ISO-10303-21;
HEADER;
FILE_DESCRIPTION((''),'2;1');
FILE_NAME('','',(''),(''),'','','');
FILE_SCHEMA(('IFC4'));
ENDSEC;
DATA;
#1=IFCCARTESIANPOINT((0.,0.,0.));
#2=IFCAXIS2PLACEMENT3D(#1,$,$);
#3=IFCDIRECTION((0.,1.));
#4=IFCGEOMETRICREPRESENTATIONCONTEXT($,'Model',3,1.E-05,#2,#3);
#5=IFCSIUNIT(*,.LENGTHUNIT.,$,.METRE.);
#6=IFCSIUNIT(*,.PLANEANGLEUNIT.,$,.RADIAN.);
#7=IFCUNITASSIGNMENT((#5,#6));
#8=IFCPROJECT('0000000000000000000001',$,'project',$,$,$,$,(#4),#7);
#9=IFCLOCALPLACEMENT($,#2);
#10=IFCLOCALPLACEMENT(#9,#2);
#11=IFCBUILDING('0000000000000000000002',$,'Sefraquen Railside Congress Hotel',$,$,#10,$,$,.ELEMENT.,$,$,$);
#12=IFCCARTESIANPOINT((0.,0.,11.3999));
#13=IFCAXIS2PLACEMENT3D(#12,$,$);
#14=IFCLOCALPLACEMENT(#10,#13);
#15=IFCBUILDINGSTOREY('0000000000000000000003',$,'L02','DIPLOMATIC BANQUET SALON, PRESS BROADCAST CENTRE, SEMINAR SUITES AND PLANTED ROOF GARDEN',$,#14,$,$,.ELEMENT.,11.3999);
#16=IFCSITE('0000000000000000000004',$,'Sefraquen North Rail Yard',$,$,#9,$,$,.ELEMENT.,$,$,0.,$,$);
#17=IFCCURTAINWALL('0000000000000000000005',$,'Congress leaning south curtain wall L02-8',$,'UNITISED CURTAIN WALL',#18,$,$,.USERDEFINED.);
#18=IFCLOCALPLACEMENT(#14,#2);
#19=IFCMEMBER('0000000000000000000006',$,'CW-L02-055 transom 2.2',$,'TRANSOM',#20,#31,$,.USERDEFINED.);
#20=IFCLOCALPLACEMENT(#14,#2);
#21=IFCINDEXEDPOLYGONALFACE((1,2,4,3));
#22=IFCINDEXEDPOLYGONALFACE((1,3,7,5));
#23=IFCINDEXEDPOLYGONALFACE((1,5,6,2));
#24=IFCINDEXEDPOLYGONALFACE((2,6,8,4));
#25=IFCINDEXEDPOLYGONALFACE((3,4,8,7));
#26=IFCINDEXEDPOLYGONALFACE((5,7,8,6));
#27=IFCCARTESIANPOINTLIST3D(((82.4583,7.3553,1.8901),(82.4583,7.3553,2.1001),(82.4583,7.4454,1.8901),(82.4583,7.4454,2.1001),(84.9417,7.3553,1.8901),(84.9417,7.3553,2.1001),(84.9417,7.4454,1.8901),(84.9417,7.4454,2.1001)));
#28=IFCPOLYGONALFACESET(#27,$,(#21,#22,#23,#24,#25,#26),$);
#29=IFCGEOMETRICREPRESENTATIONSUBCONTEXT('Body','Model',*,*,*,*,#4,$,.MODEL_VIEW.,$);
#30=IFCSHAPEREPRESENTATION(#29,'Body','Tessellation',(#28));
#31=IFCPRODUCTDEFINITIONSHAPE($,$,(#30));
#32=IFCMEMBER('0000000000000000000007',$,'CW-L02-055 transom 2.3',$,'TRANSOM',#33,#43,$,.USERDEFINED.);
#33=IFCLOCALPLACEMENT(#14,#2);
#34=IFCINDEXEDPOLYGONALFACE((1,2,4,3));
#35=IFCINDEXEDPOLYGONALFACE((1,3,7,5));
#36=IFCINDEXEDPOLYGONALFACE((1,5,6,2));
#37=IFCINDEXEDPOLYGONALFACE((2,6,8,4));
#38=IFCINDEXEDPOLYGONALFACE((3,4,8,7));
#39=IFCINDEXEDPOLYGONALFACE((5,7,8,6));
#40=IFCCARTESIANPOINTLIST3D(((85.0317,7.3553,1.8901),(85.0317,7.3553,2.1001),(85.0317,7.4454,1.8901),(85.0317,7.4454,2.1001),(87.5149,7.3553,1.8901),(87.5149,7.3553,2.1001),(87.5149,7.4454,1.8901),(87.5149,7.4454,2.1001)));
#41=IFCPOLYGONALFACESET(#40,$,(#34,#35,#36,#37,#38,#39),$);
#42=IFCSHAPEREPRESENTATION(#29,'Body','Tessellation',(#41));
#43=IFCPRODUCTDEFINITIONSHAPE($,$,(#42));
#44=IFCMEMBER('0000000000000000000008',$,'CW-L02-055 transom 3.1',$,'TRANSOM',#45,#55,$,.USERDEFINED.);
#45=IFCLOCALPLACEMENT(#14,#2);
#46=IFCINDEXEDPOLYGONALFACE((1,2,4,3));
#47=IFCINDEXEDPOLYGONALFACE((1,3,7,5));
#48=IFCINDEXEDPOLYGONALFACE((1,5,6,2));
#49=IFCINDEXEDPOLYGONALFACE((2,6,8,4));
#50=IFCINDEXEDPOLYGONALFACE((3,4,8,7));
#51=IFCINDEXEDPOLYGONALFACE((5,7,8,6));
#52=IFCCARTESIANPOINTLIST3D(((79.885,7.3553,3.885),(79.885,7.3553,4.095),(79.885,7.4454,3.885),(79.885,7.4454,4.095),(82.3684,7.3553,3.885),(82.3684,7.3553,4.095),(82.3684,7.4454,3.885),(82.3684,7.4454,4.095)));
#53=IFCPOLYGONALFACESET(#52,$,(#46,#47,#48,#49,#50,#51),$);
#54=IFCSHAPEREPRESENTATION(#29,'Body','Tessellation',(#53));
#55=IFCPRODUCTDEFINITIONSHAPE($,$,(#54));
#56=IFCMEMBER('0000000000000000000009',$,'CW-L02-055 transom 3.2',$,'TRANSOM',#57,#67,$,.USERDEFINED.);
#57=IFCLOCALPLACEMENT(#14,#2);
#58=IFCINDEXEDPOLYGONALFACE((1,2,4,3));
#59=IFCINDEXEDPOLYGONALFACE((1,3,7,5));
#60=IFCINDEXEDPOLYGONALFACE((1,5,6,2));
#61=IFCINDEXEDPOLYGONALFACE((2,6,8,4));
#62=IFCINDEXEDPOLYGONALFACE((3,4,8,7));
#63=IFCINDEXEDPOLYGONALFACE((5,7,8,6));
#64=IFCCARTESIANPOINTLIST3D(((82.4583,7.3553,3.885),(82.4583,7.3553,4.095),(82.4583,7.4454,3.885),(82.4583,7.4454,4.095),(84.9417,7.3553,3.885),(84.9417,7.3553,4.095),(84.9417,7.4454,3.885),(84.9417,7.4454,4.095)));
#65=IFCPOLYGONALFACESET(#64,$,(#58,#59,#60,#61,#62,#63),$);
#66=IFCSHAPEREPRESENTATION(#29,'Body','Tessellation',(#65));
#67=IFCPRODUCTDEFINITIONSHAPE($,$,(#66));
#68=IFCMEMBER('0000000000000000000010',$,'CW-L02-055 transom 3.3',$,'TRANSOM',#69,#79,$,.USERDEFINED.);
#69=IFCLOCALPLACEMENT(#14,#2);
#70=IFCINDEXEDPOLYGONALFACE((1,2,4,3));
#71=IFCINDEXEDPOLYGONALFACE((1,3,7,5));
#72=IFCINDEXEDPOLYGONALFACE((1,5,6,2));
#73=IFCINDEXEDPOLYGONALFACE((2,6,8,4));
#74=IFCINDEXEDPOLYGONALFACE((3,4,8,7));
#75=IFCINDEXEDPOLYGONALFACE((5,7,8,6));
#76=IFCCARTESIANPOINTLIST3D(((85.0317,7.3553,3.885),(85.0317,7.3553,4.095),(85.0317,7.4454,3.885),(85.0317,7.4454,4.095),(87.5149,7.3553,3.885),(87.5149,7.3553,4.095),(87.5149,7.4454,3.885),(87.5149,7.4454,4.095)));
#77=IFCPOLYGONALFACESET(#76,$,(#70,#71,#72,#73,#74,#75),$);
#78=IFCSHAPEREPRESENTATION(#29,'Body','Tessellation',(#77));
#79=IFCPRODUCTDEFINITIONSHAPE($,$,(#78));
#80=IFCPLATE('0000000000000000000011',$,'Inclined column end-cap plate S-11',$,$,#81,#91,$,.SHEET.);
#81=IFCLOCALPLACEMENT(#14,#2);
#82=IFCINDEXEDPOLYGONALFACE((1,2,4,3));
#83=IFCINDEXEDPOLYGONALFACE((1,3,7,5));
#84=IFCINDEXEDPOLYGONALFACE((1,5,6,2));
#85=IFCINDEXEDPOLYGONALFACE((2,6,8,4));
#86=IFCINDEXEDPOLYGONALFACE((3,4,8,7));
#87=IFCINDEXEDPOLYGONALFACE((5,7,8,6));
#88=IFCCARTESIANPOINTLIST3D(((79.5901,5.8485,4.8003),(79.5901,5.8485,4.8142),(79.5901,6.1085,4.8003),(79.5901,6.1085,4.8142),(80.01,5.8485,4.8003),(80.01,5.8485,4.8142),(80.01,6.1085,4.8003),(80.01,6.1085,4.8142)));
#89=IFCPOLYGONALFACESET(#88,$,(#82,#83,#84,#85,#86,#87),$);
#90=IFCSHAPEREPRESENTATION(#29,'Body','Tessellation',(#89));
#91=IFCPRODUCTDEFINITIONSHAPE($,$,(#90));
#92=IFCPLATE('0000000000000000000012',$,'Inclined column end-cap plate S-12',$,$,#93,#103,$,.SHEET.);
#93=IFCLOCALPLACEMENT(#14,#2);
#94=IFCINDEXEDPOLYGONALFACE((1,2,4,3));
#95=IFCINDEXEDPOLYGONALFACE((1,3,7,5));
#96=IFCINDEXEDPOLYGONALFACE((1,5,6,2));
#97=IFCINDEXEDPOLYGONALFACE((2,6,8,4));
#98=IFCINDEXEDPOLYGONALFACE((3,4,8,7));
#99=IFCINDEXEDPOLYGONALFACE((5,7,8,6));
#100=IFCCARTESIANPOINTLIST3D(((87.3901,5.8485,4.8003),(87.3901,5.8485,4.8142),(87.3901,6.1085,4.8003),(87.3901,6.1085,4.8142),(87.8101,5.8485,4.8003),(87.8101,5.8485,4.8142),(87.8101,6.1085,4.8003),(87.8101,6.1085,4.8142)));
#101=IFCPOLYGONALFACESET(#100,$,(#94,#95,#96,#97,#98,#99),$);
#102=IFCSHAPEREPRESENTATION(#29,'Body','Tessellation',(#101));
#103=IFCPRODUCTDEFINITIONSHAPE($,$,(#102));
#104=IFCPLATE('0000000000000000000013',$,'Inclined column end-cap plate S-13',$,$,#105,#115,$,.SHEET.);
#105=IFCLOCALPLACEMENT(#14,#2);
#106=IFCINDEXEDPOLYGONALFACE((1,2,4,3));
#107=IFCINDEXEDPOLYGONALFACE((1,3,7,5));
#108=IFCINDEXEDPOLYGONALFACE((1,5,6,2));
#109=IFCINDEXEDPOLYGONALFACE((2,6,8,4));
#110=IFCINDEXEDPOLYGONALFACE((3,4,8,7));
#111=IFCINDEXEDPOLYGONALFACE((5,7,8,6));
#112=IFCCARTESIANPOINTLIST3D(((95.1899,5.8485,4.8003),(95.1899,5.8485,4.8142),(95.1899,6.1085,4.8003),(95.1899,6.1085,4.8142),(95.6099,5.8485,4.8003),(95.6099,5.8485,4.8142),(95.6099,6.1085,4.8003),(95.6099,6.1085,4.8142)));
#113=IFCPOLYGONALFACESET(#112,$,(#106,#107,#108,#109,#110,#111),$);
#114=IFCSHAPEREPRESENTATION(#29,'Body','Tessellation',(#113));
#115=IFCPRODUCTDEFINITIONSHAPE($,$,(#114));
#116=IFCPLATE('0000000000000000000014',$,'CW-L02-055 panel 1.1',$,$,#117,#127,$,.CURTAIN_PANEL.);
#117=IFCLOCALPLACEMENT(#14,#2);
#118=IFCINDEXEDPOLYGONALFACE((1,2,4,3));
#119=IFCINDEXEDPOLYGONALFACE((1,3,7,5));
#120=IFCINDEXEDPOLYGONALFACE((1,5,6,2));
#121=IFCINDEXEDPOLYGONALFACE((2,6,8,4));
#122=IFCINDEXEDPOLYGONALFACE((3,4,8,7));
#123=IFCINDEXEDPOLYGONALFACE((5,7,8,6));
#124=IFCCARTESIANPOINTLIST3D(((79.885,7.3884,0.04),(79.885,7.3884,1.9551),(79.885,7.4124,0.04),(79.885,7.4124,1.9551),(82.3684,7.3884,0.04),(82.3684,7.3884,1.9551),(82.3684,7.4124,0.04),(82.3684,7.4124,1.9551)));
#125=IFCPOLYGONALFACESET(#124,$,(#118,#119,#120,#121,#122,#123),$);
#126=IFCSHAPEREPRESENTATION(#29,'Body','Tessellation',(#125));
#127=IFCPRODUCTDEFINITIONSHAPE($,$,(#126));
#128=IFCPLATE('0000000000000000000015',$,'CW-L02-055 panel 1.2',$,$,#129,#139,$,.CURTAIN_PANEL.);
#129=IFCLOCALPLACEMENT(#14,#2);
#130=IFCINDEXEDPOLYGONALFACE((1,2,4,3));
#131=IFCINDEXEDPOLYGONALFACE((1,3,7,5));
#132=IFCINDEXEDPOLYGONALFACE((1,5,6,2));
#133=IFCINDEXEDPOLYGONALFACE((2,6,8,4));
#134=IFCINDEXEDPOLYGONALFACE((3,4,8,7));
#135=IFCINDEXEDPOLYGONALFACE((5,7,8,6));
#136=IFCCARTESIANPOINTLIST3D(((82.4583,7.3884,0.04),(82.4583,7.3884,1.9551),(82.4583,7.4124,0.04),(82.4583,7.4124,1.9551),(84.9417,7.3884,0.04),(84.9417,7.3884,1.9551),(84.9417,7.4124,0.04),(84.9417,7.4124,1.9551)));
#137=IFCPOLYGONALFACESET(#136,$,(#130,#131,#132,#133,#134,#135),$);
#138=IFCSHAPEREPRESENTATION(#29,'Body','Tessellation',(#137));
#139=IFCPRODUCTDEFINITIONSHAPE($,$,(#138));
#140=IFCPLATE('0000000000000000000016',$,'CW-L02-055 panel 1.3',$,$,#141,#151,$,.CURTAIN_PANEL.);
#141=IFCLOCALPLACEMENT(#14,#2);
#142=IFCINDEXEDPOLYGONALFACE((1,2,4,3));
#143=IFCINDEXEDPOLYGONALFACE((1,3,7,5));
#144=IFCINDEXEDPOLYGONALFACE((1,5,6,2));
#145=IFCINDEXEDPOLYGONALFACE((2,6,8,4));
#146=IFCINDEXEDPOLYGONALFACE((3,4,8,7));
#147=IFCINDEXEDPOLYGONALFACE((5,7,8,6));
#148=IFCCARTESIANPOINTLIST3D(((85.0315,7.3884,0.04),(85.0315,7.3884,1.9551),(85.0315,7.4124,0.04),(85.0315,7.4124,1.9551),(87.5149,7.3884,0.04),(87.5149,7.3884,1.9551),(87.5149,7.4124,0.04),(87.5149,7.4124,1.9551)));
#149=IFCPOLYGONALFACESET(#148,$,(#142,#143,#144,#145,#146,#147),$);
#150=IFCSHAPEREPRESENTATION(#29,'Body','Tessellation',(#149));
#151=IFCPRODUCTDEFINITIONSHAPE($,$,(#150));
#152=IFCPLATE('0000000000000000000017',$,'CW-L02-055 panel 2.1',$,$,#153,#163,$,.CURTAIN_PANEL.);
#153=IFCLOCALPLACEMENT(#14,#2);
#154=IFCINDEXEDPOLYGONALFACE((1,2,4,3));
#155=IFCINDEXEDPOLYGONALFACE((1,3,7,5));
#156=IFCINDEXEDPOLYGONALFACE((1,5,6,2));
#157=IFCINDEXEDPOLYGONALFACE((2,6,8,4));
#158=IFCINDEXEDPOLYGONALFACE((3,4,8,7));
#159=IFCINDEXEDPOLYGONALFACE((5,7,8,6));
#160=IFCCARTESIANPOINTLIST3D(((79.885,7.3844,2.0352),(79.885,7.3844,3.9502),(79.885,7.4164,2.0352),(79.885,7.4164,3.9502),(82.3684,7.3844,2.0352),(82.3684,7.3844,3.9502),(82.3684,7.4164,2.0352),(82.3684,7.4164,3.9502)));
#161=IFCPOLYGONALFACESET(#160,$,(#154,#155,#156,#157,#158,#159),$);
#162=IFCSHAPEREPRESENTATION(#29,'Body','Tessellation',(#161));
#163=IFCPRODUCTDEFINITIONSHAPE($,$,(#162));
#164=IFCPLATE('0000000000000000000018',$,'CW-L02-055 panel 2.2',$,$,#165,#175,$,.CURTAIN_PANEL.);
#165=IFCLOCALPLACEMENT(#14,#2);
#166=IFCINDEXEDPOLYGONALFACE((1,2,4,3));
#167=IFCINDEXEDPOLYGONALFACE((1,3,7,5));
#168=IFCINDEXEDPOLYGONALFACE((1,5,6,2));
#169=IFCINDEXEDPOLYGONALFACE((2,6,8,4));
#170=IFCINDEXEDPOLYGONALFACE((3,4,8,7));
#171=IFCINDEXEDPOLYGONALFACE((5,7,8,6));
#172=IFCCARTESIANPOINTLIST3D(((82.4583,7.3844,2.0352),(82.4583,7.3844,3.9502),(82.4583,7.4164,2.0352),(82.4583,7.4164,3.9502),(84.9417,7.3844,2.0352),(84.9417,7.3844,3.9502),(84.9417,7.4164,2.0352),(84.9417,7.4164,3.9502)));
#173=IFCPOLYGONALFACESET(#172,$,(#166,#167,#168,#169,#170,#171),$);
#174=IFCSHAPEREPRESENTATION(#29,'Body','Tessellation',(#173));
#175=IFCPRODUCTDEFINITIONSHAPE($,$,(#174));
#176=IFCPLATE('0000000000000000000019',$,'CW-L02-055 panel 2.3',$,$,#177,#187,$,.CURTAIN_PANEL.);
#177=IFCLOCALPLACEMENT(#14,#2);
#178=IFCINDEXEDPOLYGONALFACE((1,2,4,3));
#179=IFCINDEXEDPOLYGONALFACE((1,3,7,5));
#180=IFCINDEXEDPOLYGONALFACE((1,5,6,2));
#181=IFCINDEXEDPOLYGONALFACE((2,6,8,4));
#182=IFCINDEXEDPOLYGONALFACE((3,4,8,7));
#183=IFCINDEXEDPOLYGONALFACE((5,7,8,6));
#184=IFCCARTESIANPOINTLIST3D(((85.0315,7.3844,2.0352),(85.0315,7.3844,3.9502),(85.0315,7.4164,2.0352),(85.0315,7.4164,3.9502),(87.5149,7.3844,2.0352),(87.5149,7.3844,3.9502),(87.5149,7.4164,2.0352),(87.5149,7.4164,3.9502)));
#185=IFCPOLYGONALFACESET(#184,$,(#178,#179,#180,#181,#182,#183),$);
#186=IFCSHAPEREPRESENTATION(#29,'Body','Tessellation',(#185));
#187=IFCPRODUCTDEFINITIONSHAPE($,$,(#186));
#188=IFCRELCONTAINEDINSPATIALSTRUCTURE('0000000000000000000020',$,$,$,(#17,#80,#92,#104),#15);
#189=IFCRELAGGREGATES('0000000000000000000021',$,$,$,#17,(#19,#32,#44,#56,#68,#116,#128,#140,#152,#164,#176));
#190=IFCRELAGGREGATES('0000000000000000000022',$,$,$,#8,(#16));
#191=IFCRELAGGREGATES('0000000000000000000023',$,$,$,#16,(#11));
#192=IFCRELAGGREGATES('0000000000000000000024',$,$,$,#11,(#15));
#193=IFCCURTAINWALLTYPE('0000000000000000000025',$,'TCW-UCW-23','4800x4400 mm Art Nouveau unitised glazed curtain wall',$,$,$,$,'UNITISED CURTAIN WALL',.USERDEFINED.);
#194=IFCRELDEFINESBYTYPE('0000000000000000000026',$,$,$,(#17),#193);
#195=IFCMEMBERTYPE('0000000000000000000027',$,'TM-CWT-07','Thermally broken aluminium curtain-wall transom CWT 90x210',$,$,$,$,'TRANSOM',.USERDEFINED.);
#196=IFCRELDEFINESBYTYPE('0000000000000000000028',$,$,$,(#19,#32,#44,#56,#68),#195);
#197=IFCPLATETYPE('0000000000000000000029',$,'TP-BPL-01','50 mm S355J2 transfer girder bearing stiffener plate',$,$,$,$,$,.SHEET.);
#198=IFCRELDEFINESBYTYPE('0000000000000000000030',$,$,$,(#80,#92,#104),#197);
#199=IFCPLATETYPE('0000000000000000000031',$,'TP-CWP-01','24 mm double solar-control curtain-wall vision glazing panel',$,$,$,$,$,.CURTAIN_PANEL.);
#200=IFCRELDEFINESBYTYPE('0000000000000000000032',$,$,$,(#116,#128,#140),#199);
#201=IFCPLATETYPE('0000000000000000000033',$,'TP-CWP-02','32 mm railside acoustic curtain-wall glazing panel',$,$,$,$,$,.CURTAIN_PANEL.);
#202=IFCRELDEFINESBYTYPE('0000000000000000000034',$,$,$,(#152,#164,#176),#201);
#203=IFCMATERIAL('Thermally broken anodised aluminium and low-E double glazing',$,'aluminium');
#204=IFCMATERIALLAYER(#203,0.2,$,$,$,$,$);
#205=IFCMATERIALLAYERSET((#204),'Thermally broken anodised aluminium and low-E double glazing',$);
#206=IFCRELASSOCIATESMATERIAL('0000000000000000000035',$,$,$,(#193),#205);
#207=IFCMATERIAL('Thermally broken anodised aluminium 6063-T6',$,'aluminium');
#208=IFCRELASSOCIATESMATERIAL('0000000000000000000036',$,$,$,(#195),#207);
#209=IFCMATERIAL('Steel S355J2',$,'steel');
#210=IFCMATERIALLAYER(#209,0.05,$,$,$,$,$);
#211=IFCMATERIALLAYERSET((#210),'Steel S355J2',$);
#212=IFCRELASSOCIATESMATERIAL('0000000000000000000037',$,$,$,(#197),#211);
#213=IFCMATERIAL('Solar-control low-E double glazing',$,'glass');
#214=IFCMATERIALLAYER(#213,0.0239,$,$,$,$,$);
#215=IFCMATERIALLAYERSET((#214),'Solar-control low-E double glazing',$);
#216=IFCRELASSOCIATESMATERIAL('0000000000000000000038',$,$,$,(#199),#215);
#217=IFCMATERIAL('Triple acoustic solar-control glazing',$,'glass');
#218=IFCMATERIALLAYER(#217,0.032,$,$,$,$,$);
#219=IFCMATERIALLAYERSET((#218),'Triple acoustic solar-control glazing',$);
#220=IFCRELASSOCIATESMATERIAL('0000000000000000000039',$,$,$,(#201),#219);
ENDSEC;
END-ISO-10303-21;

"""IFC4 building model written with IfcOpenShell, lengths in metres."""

from ifc_helpers import new_model, si_unit, direction, frame, origin, origin_2d, place, context, subcontext, project, spatial, rectangle, extrude, material, layer, layer_set, material_profile, profile_set, type_object, element, aggregate, save


model = new_model("IFC4")

# Units and contexts
model_context = context("Model", 3, precision=1e-05, world=origin(), true_north=direction((0.0, 1.0)))
body_context = subcontext(model_context, "Body", "Model", "MODEL_VIEW")
ifc_project = project(units=[si_unit("LENGTHUNIT", "METRE"), si_unit("PLANEANGLEUNIT", "RADIAN")], contexts=[model_context])

# Site, building, storey
site_placement = place(None, origin())
site = spatial("IfcSite", under=ifc_project, at=site_placement, Name="Sefraquen North Rail Yard", CompositionType="ELEMENT", RefElevation=0.0)
building_placement = place(site_placement, origin())
building = spatial("IfcBuilding", under=site, at=building_placement, Name="Sefraquen Railside Congress Hotel", CompositionType="ELEMENT")
storey_placement = place(building_placement, frame((0.0, 0.0, 11.3999)))
storey = spatial("IfcBuildingStorey", under=building, at=storey_placement, Name="L02", Description="DIPLOMATIC BANQUET SALON, PRESS BROADCAST CENTRE, SEMINAR SUITES AND PLANTED ROOF GARDEN", CompositionType="ELEMENT", Elevation=11.3999)

# Shared definitions
ifc_material_1 = material(Name="Steel S355J2", Category="steel")

# Curtain wall, members
ifc_material_2 = material(Name="Thermally broken anodised aluminium and low-E double glazing", Category="aluminium")
ifc_layer_1 = layer(ifc_material_2, 0.2)
ifc_layer_set_1 = layer_set([ifc_layer_1], Name="Thermally broken anodised aluminium and low-E double glazing")
curtain_wall_type = type_object("IfcCurtainWallType", Name="TCW-UCW-23", Description="4800x4400 mm Art Nouveau unitised glazed curtain wall", ElementType="UNITISED CURTAIN WALL", PredefinedType="USERDEFINED", material=ifc_layer_set_1)
curtain_wall_placement = place(storey_placement, origin())
curtain_wall = element("IfcCurtainWall", 1, at=curtain_wall_placement, inside=storey, type_object=curtain_wall_type, Name="Congress leaning south curtain wall L02-8", ObjectType="UNITISED CURTAIN WALL", PredefinedType="USERDEFINED")
ifc_material_3 = material(Name="Thermally broken anodised aluminium 6063-T6", Category="aluminium")
ifc_material_profile_1 = material_profile(ifc_material_3, rectangle(XDim=0.0901, YDim=0.21, at=origin_2d()), Name="CWT 90x210")
ifc_profile_set_1 = profile_set([ifc_material_profile_1], Name="Thermally broken anodised aluminium 6063-T6")
member_type_1 = type_object("IfcMemberType", Name="TM-CWT-07", Description="Thermally broken aluminium curtain-wall transom CWT 90x210", ElementType="TRANSOM", PredefinedType="USERDEFINED", material=ifc_profile_set_1)
member_1_placement = place(storey_placement, frame((82.4583, 7.4004, 1.9951), z_axis=(1.0, 0.0, 0.0), x_axis=(0.0, 1.0, 0.0)))
member_1 = element("IfcMember", 2, at=member_1_placement, type_object=member_type_1, Name="CW-L02-055 transom 2.2", ObjectType="TRANSOM", PredefinedType="USERDEFINED", context=body_context, shape_type="SweptSolid", body=[
    extrude(rectangle(XDim=0.0901, YDim=0.21, at=origin_2d()), origin(), (0.0, 0.0, 1.0), 2.4834),
])
member_2_placement = place(storey_placement, frame((85.0317, 7.4004, 1.9951), z_axis=(1.0, 0.0, 0.0), x_axis=(0.0, 1.0, 0.0)))
member_2 = element("IfcMember", 3, at=member_2_placement, type_object=member_type_1, Name="CW-L02-055 transom 2.3", ObjectType="TRANSOM", PredefinedType="USERDEFINED", context=body_context, shape_type="SweptSolid", body=[
    extrude(rectangle(XDim=0.0901, YDim=0.21, at=origin_2d()), origin(), (0.0, 0.0, 1.0), 2.4832),
])
member_3_placement = place(storey_placement, frame((79.885, 7.4004, 3.99), z_axis=(1.0, 0.0, 0.0), x_axis=(0.0, 1.0, 0.0)))
member_3 = element("IfcMember", 4, at=member_3_placement, type_object=member_type_1, Name="CW-L02-055 transom 3.1", ObjectType="TRANSOM", PredefinedType="USERDEFINED", context=body_context, shape_type="SweptSolid", body=[
    extrude(rectangle(XDim=0.0901, YDim=0.21, at=origin_2d()), origin(), (0.0, 0.0, 1.0), 2.4834),
])
member_4_placement = place(storey_placement, frame((82.4583, 7.4004, 3.99), z_axis=(1.0, 0.0, 0.0), x_axis=(0.0, 1.0, 0.0)))
member_4 = element("IfcMember", 5, at=member_4_placement, type_object=member_type_1, Name="CW-L02-055 transom 3.2", ObjectType="TRANSOM", PredefinedType="USERDEFINED", context=body_context, shape_type="SweptSolid", body=[
    extrude(rectangle(XDim=0.0901, YDim=0.21, at=origin_2d()), origin(), (0.0, 0.0, 1.0), 2.4834),
])
member_5_placement = place(storey_placement, frame((85.0317, 7.4004, 3.99), z_axis=(1.0, 0.0, 0.0), x_axis=(0.0, 1.0, 0.0)))
member_5 = element("IfcMember", 6, at=member_5_placement, type_object=member_type_1, Name="CW-L02-055 transom 3.3", ObjectType="TRANSOM", PredefinedType="USERDEFINED", context=body_context, shape_type="SweptSolid", body=[
    extrude(rectangle(XDim=0.0901, YDim=0.21, at=origin_2d()), origin(), (0.0, 0.0, 1.0), 2.4832),
])

# Plates
ifc_layer_2 = layer(ifc_material_1, 0.05)
ifc_layer_set_2 = layer_set([ifc_layer_2], Name="Steel S355J2")
plate_type_1 = type_object("IfcPlateType", Name="TP-BPL-01", Description="50 mm S355J2 transfer girder bearing stiffener plate", PredefinedType="SHEET", material=ifc_layer_set_2)
for number, where, z_axis, x_axis, name in (
    (7, (79.8, 5.9785, 4.8003), (0.0, 0.0, 1.0), (1.0, 0.0, 0.0), "Inclined column end-cap plate S-11"),
    (8, (87.6001, 5.9785, 4.8003), (0.0, 0.0, 1.0), (1.0, 0.0, 0.0), "Inclined column end-cap plate S-12"),
    (9, (95.3999, 5.9785, 4.8003), (0.0, 0.0, 1.0), (1.0, 0.0, 0.0), "Inclined column end-cap plate S-13"),
):
    element("IfcPlate", number, at=place(storey_placement, frame(where, z_axis=z_axis, x_axis=x_axis)), inside=storey, type_object=plate_type_1, Name=name, PredefinedType="SHEET", context=body_context, shape_type="SweptSolid", body=[
        extrude(rectangle(XDim=0.4199, YDim=0.26, at=origin_2d()), origin(), (0.0, 0.0, 1.0), 0.0139),
    ])

# Plates
ifc_material_4 = material(Name="Solar-control low-E double glazing", Category="glass")
ifc_layer_3 = layer(ifc_material_4, 0.0239)
ifc_layer_set_3 = layer_set([ifc_layer_3], Name="Solar-control low-E double glazing")
plate_type_2 = type_object("IfcPlateType", Name="TP-CWP-01", Description="24 mm double solar-control curtain-wall vision glazing panel", PredefinedType="CURTAIN_PANEL", material=ifc_layer_set_3)
plate_1_placement = place(storey_placement, frame((81.1267, 7.4004, 0.04), z_axis=(0.0, 0.0, 1.0), x_axis=(1.0, 0.0, 0.0)))
plate_1 = element("IfcPlate", 10, at=plate_1_placement, type_object=plate_type_2, Name="CW-L02-055 panel 1.1", PredefinedType="CURTAIN_PANEL", context=body_context, shape_type="SweptSolid", body=[
    extrude(rectangle(XDim=2.4834, YDim=0.0239, at=origin_2d()), origin(), (0.0, 0.0, 1.0), 1.915),
])
plate_2_placement = place(storey_placement, frame((83.7, 7.4004, 0.04), z_axis=(0.0, 0.0, 1.0), x_axis=(1.0, 0.0, 0.0)))
plate_2 = element("IfcPlate", 11, at=plate_2_placement, type_object=plate_type_2, Name="CW-L02-055 panel 1.2", PredefinedType="CURTAIN_PANEL", context=body_context, shape_type="SweptSolid", body=[
    extrude(rectangle(XDim=2.4834, YDim=0.0239, at=origin_2d()), origin(), (0.0, 0.0, 1.0), 1.915),
])
plate_3_placement = place(storey_placement, frame((86.2732, 7.4004, 0.04), z_axis=(0.0, 0.0, 1.0), x_axis=(1.0, 0.0, 0.0)))
plate_3 = element("IfcPlate", 12, at=plate_3_placement, type_object=plate_type_2, Name="CW-L02-055 panel 1.3", PredefinedType="CURTAIN_PANEL", context=body_context, shape_type="SweptSolid", body=[
    extrude(rectangle(XDim=2.4834, YDim=0.0239, at=origin_2d()), origin(), (0.0, 0.0, 1.0), 1.915),
])
ifc_material_5 = material(Name="Triple acoustic solar-control glazing", Category="glass")
ifc_layer_4 = layer(ifc_material_5, 0.032)
ifc_layer_set_4 = layer_set([ifc_layer_4], Name="Triple acoustic solar-control glazing")
plate_type_3 = type_object("IfcPlateType", Name="TP-CWP-02", Description="32 mm railside acoustic curtain-wall glazing panel", PredefinedType="CURTAIN_PANEL", material=ifc_layer_set_4)
plate_4_placement = place(storey_placement, frame((81.1267, 7.4004, 2.0352), z_axis=(0.0, 0.0, 1.0), x_axis=(1.0, 0.0, 0.0)))
plate_4 = element("IfcPlate", 13, at=plate_4_placement, type_object=plate_type_3, Name="CW-L02-055 panel 2.1", PredefinedType="CURTAIN_PANEL", context=body_context, shape_type="SweptSolid", body=[
    extrude(rectangle(XDim=2.4834, YDim=0.032, at=origin_2d()), origin(), (0.0, 0.0, 1.0), 1.915),
])
plate_5_placement = place(storey_placement, frame((83.7, 7.4004, 2.0352), z_axis=(0.0, 0.0, 1.0), x_axis=(1.0, 0.0, 0.0)))
plate_5 = element("IfcPlate", 14, at=plate_5_placement, type_object=plate_type_3, Name="CW-L02-055 panel 2.2", PredefinedType="CURTAIN_PANEL", context=body_context, shape_type="SweptSolid", body=[
    extrude(rectangle(XDim=2.4834, YDim=0.032, at=origin_2d()), origin(), (0.0, 0.0, 1.0), 1.915),
])
plate_6_placement = place(storey_placement, frame((86.2732, 7.4004, 2.0352), z_axis=(0.0, 0.0, 1.0), x_axis=(1.0, 0.0, 0.0)))
plate_6 = element("IfcPlate", 15, at=plate_6_placement, type_object=plate_type_3, Name="CW-L02-055 panel 2.3", PredefinedType="CURTAIN_PANEL", context=body_context, shape_type="SweptSolid", body=[
    extrude(rectangle(XDim=2.4834, YDim=0.032, at=origin_2d()), origin(), (0.0, 0.0, 1.0), 1.915),
])
aggregate(curtain_wall, [member_1, member_2, member_3, member_4, member_5, plate_1, plate_2, plate_3, plate_4, plate_5, plate_6])

save(model, "model.ifc")
